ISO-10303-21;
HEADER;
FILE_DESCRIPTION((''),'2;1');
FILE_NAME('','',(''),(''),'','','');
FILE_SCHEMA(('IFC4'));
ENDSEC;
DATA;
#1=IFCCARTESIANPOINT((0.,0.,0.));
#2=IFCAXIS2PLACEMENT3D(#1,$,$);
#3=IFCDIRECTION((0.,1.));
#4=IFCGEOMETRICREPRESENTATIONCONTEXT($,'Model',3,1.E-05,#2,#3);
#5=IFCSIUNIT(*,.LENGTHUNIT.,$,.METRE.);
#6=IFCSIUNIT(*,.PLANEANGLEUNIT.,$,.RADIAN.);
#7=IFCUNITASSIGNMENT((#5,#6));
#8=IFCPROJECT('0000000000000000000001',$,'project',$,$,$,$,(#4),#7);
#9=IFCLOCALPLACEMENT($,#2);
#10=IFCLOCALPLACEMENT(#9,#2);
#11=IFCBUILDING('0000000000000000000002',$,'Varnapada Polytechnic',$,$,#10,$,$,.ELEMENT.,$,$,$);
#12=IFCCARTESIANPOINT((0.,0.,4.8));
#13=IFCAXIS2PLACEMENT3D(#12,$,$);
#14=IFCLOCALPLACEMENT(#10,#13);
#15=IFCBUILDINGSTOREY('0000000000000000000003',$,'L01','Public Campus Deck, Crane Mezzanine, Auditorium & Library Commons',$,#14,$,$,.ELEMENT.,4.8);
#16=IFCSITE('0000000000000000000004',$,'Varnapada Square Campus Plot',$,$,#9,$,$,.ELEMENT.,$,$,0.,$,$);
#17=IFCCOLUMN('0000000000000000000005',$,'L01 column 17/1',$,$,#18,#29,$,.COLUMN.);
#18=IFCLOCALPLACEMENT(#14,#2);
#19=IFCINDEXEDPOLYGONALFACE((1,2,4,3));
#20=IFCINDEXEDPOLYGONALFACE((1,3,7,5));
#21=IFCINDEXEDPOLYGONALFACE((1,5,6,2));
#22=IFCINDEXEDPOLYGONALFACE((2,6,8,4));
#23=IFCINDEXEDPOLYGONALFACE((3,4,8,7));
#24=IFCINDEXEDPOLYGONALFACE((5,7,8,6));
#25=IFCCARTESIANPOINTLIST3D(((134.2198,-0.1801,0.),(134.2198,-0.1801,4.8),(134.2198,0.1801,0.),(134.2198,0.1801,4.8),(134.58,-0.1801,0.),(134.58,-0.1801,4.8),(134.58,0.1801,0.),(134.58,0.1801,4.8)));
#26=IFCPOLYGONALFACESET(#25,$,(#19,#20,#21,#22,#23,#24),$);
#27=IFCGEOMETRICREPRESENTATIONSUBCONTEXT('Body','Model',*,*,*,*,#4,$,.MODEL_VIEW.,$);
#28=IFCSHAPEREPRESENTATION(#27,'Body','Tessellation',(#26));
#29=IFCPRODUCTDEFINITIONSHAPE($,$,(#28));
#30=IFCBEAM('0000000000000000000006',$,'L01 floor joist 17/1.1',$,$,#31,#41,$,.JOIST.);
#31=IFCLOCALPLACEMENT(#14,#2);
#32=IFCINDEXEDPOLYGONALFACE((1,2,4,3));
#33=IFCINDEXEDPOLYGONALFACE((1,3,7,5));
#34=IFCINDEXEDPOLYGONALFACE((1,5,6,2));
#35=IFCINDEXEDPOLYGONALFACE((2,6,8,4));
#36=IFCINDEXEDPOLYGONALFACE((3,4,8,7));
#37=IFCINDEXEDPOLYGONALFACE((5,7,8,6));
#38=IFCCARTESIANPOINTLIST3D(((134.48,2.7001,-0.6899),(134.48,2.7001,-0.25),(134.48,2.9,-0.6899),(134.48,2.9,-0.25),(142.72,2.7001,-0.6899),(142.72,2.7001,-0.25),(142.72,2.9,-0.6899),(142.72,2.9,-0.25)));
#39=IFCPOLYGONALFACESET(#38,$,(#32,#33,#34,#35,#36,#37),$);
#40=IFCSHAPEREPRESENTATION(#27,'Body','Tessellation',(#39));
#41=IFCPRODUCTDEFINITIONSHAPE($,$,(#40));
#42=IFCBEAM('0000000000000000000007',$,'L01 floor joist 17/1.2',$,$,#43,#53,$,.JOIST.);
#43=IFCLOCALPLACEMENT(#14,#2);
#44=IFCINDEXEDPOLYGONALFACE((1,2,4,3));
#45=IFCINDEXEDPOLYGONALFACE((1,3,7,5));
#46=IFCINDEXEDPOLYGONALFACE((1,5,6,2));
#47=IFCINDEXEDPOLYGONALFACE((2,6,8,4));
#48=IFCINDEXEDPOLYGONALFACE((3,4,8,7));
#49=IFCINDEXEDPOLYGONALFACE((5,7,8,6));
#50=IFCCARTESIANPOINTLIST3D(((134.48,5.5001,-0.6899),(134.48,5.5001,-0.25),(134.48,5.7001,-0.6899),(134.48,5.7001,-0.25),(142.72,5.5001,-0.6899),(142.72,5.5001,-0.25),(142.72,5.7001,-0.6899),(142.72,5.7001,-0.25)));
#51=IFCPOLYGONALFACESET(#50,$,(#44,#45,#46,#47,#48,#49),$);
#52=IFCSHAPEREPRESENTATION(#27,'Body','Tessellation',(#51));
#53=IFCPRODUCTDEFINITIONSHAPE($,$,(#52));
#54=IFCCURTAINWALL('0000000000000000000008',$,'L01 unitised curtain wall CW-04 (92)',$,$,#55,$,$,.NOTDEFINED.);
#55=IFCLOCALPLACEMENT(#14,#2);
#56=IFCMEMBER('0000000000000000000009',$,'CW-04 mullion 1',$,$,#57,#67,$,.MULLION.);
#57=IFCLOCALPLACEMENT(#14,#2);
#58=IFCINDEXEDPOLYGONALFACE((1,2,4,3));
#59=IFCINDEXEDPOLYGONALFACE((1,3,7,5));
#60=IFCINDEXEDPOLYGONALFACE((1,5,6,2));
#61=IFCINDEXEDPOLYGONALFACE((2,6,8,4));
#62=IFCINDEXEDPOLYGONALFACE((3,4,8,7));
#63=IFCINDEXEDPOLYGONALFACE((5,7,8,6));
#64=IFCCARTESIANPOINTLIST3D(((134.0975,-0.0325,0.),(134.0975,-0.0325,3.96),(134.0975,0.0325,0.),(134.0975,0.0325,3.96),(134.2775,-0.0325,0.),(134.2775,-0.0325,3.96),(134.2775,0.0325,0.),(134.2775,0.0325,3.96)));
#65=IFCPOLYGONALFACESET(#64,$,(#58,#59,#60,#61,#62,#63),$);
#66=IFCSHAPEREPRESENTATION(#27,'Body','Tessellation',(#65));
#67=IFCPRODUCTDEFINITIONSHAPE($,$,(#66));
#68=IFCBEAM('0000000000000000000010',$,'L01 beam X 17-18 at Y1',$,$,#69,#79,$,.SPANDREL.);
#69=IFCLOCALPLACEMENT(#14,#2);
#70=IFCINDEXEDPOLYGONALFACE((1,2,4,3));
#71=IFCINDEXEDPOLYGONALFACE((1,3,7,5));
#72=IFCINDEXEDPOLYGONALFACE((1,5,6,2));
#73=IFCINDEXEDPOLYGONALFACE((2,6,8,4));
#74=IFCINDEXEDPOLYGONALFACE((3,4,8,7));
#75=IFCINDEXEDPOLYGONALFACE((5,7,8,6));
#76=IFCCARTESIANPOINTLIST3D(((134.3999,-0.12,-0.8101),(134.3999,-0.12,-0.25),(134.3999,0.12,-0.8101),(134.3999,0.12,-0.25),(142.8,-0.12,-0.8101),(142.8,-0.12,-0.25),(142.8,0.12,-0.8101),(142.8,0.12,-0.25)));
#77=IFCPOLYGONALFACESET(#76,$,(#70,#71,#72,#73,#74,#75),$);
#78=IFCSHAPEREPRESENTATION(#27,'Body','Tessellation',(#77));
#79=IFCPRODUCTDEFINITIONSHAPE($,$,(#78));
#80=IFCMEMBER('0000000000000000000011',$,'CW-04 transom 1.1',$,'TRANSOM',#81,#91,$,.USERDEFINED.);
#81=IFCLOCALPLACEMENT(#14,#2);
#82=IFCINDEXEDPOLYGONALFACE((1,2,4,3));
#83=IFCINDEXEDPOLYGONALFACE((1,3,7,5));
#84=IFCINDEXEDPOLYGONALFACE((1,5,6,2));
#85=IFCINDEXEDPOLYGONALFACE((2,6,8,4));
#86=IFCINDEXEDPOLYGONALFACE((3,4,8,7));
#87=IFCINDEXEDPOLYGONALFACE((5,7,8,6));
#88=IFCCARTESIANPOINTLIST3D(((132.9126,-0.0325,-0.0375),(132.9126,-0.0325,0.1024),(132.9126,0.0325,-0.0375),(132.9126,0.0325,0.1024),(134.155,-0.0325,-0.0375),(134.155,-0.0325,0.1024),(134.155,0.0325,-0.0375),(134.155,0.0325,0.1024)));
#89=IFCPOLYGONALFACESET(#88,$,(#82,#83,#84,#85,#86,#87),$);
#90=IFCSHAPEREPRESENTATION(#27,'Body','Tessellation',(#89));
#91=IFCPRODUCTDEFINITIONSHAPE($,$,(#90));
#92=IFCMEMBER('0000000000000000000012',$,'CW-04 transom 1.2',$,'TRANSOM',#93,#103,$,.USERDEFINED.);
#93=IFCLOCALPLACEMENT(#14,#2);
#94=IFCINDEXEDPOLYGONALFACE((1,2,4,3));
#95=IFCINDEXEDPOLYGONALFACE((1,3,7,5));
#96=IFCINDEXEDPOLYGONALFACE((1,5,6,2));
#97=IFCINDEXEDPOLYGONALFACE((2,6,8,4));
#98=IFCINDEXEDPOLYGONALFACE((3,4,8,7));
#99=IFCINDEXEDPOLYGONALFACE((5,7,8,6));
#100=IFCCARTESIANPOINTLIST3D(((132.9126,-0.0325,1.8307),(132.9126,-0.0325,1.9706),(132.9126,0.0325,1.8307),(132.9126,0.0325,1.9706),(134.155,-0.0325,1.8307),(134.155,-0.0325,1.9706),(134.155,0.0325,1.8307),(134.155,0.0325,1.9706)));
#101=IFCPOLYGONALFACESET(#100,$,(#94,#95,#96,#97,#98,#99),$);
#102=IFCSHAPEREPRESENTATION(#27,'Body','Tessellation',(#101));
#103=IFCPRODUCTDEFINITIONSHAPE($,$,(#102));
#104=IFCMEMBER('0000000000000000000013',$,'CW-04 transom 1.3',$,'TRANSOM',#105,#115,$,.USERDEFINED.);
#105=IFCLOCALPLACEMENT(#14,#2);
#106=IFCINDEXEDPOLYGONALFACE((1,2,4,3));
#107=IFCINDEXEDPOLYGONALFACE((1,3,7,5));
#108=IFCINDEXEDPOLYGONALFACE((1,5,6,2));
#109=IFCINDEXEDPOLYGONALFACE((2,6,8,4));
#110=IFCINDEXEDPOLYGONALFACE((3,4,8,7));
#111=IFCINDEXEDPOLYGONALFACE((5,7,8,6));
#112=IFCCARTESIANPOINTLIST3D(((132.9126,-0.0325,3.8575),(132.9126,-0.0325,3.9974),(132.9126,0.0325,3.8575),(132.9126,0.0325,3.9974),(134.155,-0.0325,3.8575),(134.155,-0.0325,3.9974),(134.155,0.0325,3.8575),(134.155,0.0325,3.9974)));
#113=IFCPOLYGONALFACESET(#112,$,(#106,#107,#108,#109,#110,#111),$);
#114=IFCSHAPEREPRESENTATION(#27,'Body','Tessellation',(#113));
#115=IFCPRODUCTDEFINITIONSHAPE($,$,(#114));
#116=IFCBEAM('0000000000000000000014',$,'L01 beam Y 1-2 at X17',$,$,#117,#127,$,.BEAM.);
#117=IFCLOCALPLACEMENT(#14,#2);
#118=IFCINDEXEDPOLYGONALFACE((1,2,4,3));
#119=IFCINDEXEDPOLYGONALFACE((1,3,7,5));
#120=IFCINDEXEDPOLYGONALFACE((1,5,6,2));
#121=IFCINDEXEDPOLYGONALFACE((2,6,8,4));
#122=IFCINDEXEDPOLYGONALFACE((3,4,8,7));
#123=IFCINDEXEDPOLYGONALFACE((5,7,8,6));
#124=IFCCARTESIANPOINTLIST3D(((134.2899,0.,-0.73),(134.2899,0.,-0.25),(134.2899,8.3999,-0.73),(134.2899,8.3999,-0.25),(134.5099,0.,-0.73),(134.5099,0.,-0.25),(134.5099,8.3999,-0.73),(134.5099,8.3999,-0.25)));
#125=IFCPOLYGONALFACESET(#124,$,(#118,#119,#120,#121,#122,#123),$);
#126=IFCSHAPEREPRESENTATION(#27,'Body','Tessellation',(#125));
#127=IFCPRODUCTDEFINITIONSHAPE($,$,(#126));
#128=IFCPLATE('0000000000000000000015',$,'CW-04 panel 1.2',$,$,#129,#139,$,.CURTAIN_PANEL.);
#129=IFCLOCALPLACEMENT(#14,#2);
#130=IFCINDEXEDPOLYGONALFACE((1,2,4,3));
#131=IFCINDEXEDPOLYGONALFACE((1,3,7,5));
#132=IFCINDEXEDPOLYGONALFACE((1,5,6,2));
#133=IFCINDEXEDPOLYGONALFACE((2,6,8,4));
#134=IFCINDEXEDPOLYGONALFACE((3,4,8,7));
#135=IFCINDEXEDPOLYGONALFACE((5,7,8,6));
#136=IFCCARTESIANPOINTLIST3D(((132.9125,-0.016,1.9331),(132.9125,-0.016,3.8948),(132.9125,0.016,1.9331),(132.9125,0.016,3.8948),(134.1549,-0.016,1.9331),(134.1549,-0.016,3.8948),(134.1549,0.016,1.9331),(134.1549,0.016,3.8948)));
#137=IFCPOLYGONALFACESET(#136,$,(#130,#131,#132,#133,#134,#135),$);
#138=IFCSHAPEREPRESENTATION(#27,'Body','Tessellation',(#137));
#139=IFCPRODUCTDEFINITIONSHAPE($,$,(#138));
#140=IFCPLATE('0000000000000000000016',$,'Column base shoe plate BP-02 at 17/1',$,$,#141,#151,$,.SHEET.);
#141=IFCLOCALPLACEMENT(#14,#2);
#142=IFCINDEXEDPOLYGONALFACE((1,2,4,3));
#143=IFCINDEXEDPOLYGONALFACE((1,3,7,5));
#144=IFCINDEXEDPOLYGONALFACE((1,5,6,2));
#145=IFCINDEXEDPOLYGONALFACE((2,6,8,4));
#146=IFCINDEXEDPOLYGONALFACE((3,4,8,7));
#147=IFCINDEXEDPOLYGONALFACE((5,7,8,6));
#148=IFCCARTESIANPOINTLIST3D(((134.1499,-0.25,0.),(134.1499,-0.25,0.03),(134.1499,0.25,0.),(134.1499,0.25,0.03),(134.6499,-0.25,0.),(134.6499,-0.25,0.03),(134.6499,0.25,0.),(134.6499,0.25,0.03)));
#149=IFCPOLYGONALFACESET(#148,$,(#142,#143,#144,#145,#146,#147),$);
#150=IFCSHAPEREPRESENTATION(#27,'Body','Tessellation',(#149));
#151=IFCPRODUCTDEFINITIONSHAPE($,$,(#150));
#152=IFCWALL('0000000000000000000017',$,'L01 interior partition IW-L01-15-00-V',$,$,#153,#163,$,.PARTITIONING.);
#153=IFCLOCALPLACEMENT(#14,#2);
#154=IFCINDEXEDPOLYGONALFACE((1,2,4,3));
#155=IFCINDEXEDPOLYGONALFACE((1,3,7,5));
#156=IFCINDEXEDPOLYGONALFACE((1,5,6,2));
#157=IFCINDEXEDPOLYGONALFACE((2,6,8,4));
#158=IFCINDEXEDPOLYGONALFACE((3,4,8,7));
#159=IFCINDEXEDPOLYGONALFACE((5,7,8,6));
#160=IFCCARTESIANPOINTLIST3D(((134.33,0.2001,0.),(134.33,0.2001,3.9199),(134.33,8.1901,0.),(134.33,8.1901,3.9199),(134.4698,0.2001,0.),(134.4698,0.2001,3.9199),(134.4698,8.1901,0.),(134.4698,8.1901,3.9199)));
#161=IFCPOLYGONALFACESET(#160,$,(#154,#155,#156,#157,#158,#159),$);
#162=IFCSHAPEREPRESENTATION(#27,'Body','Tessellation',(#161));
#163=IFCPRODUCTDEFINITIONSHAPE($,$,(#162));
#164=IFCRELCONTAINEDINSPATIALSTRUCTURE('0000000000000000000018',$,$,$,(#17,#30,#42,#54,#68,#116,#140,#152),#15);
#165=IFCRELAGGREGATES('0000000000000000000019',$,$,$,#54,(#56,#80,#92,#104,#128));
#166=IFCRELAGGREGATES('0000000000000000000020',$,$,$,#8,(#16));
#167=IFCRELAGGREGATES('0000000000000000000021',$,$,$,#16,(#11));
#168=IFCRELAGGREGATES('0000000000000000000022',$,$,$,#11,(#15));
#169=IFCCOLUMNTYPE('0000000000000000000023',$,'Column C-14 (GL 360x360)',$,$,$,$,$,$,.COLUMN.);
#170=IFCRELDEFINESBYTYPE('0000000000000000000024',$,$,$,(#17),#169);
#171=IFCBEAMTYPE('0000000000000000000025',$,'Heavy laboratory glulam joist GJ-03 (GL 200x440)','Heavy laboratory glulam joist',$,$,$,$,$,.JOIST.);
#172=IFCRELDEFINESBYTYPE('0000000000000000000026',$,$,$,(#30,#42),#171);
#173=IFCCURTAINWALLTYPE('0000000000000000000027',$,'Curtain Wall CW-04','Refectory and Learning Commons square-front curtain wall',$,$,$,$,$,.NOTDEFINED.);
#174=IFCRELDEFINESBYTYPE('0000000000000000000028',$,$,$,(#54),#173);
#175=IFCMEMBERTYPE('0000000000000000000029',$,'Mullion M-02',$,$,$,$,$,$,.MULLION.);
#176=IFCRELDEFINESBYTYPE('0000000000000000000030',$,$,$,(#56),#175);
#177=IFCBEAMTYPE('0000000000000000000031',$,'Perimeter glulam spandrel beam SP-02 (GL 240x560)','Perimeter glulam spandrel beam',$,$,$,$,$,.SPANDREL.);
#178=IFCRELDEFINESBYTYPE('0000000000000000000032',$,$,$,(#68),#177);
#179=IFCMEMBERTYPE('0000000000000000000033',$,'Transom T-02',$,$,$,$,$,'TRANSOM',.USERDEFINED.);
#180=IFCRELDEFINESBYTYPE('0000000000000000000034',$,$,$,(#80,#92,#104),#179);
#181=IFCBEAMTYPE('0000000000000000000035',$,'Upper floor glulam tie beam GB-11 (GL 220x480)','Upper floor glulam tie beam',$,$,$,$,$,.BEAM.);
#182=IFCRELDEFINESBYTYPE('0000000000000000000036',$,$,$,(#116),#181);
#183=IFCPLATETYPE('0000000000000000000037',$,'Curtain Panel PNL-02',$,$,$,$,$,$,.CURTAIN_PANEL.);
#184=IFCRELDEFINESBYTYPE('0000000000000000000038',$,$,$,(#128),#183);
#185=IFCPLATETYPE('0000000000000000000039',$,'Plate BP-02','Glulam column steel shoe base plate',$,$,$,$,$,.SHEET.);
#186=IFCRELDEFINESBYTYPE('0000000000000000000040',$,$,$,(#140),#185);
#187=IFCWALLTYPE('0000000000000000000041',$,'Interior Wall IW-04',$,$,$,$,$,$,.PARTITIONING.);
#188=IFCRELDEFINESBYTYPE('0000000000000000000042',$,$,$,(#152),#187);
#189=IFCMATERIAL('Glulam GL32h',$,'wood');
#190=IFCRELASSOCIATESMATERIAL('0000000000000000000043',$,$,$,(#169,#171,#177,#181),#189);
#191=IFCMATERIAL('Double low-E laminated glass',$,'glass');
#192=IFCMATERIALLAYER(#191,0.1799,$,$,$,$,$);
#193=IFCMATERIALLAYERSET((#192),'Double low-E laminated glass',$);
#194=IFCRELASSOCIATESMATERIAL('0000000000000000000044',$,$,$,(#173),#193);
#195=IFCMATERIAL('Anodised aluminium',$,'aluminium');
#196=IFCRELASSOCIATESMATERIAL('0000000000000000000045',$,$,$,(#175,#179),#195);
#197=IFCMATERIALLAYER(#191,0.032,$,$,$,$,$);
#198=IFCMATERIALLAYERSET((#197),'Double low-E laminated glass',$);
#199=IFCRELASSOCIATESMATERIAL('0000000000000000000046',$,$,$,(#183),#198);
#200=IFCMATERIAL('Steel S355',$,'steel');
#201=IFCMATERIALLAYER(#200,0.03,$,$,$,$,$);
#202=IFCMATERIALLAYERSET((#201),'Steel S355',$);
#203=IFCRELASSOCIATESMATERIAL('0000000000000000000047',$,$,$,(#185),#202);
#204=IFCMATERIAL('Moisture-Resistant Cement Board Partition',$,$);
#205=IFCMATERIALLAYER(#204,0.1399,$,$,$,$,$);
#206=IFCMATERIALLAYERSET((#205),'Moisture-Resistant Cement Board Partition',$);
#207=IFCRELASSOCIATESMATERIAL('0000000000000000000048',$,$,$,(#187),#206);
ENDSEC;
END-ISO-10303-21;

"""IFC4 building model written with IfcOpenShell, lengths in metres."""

from ifc_helpers import new_model, si_unit, direction, frame, frame_2d, origin, origin_2d, place, context, subcontext, project, spatial, rectangle, extrude, material, layer, layer_set, material_profile, profile_set, type_object, element, aggregate, save


model = new_model("IFC4")

# Units and contexts
model_context = context("Model", 3, precision=1e-05, world=origin(), true_north=direction((0.0, 1.0)))
body_context = subcontext(model_context, "Body", "Model", "MODEL_VIEW")
ifc_project = project(units=[si_unit("LENGTHUNIT", "METRE"), si_unit("PLANEANGLEUNIT", "RADIAN")], contexts=[model_context])

# Site, building, storey
site_placement = place(None, origin())
site = spatial("IfcSite", under=ifc_project, at=site_placement, Name="Varnapada Square Campus Plot", CompositionType="ELEMENT", RefElevation=0.0)
building_placement = place(site_placement, origin())
building = spatial("IfcBuilding", under=site, at=building_placement, Name="Varnapada Polytechnic", CompositionType="ELEMENT")
storey_placement = place(building_placement, frame((0.0, 0.0, 4.8)))
storey = spatial("IfcBuildingStorey", under=building, at=storey_placement, Name="L01", Description="Public Campus Deck, Crane Mezzanine, Auditorium & Library Commons", CompositionType="ELEMENT", Elevation=4.8)

# Column
ifc_material_1 = material(Name="Glulam GL32h", Category="wood")
ifc_material_profile_1 = material_profile(ifc_material_1, rectangle(XDim=0.3601, YDim=0.3601, at=origin_2d()), Name="GL 360x360")
ifc_profile_set_1 = profile_set([ifc_material_profile_1], Name="Glulam GL32h")
column_type = type_object("IfcColumnType", Name="Column C-14 (GL 360x360)", PredefinedType="COLUMN", material=ifc_profile_set_1)
column_placement = place(storey_placement, frame((134.3999, 0.0, 0.0), z_axis=(0.0, 0.0, 1.0), x_axis=(1.0, 0.0, 0.0)))
element("IfcColumn", 1, at=column_placement, inside=storey, type_object=column_type, Name="L01 column 17/1", PredefinedType="COLUMN", context=body_context, shape_type="SweptSolid", body=[
    extrude(rectangle(XDim=0.3601, YDim=0.3601, at=origin_2d()), origin(), (0.0, 0.0, 1.0), 4.8),
])

# Beams
ifc_material_profile_2 = material_profile(ifc_material_1, rectangle(XDim=0.2, YDim=0.4399, at=origin_2d()), Name="GL 200x440")
ifc_profile_set_2 = profile_set([ifc_material_profile_2], Name="Glulam GL32h")
beam_type_1 = type_object("IfcBeamType", Name="Heavy laboratory glulam joist GJ-03 (GL 200x440)", Description="Heavy laboratory glulam joist", PredefinedType="JOIST", material=ifc_profile_set_2)
for number, where, z_axis, x_axis, name in (
    (2, (134.48, 2.8, -0.47), (1.0, 0.0, 0.0), (0.0, 1.0, 0.0), "L01 floor joist 17/1.1"),
    (3, (134.48, 5.6001, -0.47), (1.0, 0.0, 0.0), (0.0, 1.0, 0.0), "L01 floor joist 17/1.2"),
):
    element("IfcBeam", number, at=place(storey_placement, frame(where, z_axis=z_axis, x_axis=x_axis)), inside=storey, type_object=beam_type_1, Name=name, PredefinedType="JOIST", context=body_context, shape_type="SweptSolid", body=[
        extrude(rectangle(XDim=0.2, YDim=0.4399, at=origin_2d()), origin(), (0.0, 0.0, 1.0), 8.24),
    ])

# Curtain wall, member
ifc_material_2 = material(Name="Double low-E laminated glass", Category="glass")
ifc_layer_1 = layer(ifc_material_2, 0.1799)
ifc_layer_set_1 = layer_set([ifc_layer_1], Name="Double low-E laminated glass")
curtain_wall_type = type_object("IfcCurtainWallType", Name="Curtain Wall CW-04", Description="Refectory and Learning Commons square-front curtain wall", PredefinedType="NOTDEFINED", material=ifc_layer_set_1)
curtain_wall_placement = place(storey_placement, origin())
curtain_wall = element("IfcCurtainWall", 4, at=curtain_wall_placement, inside=storey, type_object=curtain_wall_type, Name="L01 unitised curtain wall CW-04 (92)", PredefinedType="NOTDEFINED")
ifc_material_3 = material(Name="Anodised aluminium", Category="aluminium")
ifc_material_profile_3 = material_profile(ifc_material_3, rectangle(XDim=0.0649, YDim=0.1799, at=origin_2d()), Name="ALU M65x180")
ifc_profile_set_3 = profile_set([ifc_material_profile_3], Name="Anodised aluminium")
member_type_1 = type_object("IfcMemberType", Name="Mullion M-02", PredefinedType="MULLION", material=ifc_profile_set_3)
member_1_placement = place(storey_placement, frame((134.1875, 0.0, 0.0), z_axis=(0.0, 0.0, 1.0), x_axis=(0.0, -1.0, 0.0)))
member_1 = element("IfcMember", 5, at=member_1_placement, type_object=member_type_1, Name="CW-04 mullion 1", PredefinedType="MULLION", context=body_context, shape_type="SweptSolid", body=[
    extrude(rectangle(XDim=0.0649, YDim=0.1799, at=origin_2d()), origin(), (0.0, 0.0, 1.0), 3.96),
])

# Beam
ifc_material_profile_4 = material_profile(ifc_material_1, rectangle(XDim=0.24, YDim=0.5601, at=origin_2d()), Name="GL 240x560")
ifc_profile_set_4 = profile_set([ifc_material_profile_4], Name="Glulam GL32h")
beam_type_2 = type_object("IfcBeamType", Name="Perimeter glulam spandrel beam SP-02 (GL 240x560)", Description="Perimeter glulam spandrel beam", PredefinedType="SPANDREL", material=ifc_profile_set_4)
beam_1_placement = place(storey_placement, frame((134.3999, 0.0, -0.53), z_axis=(1.0, 0.0, 0.0), x_axis=(0.0, 1.0, 0.0)))
element("IfcBeam", 6, at=beam_1_placement, inside=storey, type_object=beam_type_2, Name="L01 beam X 17-18 at Y1", PredefinedType="SPANDREL", context=body_context, shape_type="SweptSolid", body=[
    extrude(rectangle(XDim=0.24, YDim=0.5601, at=origin_2d()), origin(), (0.0, 0.0, 1.0), 8.4001),
])

# Members
ifc_material_profile_5 = material_profile(ifc_material_3, rectangle(XDim=0.0649, YDim=0.1399, at=origin_2d()), Name="ALU T65x140")
ifc_profile_set_5 = profile_set([ifc_material_profile_5], Name="Anodised aluminium")
member_type_2 = type_object("IfcMemberType", Name="Transom T-02", ElementType="TRANSOM", PredefinedType="USERDEFINED", material=ifc_profile_set_5)
member_2_placement = place(storey_placement, frame((134.155, 0.0, 0.0325), z_axis=(-1.0, 0.0, 0.0), x_axis=(0.0, -1.0, 0.0)))
member_2 = element("IfcMember", 7, at=member_2_placement, type_object=member_type_2, Name="CW-04 transom 1.1", ObjectType="TRANSOM", PredefinedType="USERDEFINED", context=body_context, shape_type="SweptSolid", body=[
    extrude(rectangle(XDim=0.0649, YDim=0.1399, at=origin_2d()), origin(), (0.0, 0.0, 1.0), 1.2424),
])
member_3_placement = place(storey_placement, frame((134.155, 0.0, 1.9006), z_axis=(-1.0, 0.0, 0.0), x_axis=(0.0, -1.0, 0.0)))
member_3 = element("IfcMember", 8, at=member_3_placement, type_object=member_type_2, Name="CW-04 transom 1.2", ObjectType="TRANSOM", PredefinedType="USERDEFINED", context=body_context, shape_type="SweptSolid", body=[
    extrude(rectangle(XDim=0.0649, YDim=0.1399, at=origin_2d()), origin(), (0.0, 0.0, 1.0), 1.2424),
])
member_4_placement = place(storey_placement, frame((134.155, 0.0, 3.9275), z_axis=(-1.0, 0.0, 0.0), x_axis=(0.0, -1.0, 0.0)))
member_4 = element("IfcMember", 9, at=member_4_placement, type_object=member_type_2, Name="CW-04 transom 1.3", ObjectType="TRANSOM", PredefinedType="USERDEFINED", context=body_context, shape_type="SweptSolid", body=[
    extrude(rectangle(XDim=0.0649, YDim=0.1399, at=origin_2d()), origin(), (0.0, 0.0, 1.0), 1.2424),
])

# Beam
ifc_material_profile_6 = material_profile(ifc_material_1, rectangle(XDim=0.22, YDim=0.48, at=origin_2d()), Name="GL 220x480")
ifc_profile_set_6 = profile_set([ifc_material_profile_6], Name="Glulam GL32h")
beam_type_3 = type_object("IfcBeamType", Name="Upper floor glulam tie beam GB-11 (GL 220x480)", Description="Upper floor glulam tie beam", PredefinedType="BEAM", material=ifc_profile_set_6)
beam_2_placement = place(storey_placement, frame((134.3999, 0.0, -0.49), z_axis=(0.0, 1.0, 0.0), x_axis=(-1.0, 0.0, 0.0)))
element("IfcBeam", 10, at=beam_2_placement, inside=storey, type_object=beam_type_3, Name="L01 beam Y 1-2 at X17", PredefinedType="BEAM", context=body_context, shape_type="SweptSolid", body=[
    extrude(rectangle(XDim=0.22, YDim=0.48, at=origin_2d()), origin(), (0.0, 0.0, 1.0), 8.3999),
])

# Plates
ifc_layer_2 = layer(ifc_material_2, 0.032)
ifc_layer_set_2 = layer_set([ifc_layer_2], Name="Double low-E laminated glass")
plate_type_1 = type_object("IfcPlateType", Name="Curtain Panel PNL-02", PredefinedType="CURTAIN_PANEL", material=ifc_layer_set_2)
plate_1_placement = place(storey_placement, frame((133.5337, 0.0, 1.9331), z_axis=(0.0, 0.0, 1.0), x_axis=(-1.0, 0.0, 0.0)))
plate_1 = element("IfcPlate", 11, at=plate_1_placement, type_object=plate_type_1, Name="CW-04 panel 1.2", PredefinedType="CURTAIN_PANEL", context=body_context, shape_type="SweptSolid", body=[
    extrude(rectangle(XDim=1.2424, YDim=0.032, at=origin_2d()), origin(), (0.0, 0.0, 1.0), 1.9617),
])
aggregate(curtain_wall, [member_1, member_2, member_3, member_4, plate_1])
ifc_material_4 = material(Name="Steel S355", Category="steel")
ifc_layer_3 = layer(ifc_material_4, 0.03)
ifc_layer_set_3 = layer_set([ifc_layer_3], Name="Steel S355")
plate_type_2 = type_object("IfcPlateType", Name="Plate BP-02", Description="Glulam column steel shoe base plate", PredefinedType="SHEET", material=ifc_layer_set_3)
plate_2_placement = place(storey_placement, frame((134.3999, 0.0, 0.0), z_axis=(0.0, 0.0, 1.0), x_axis=(1.0, 0.0, 0.0)))
element("IfcPlate", 12, at=plate_2_placement, inside=storey, type_object=plate_type_2, Name="Column base shoe plate BP-02 at 17/1", PredefinedType="SHEET", context=body_context, shape_type="SweptSolid", body=[
    extrude(rectangle(XDim=0.5, YDim=0.5, at=origin_2d()), origin(), (0.0, 0.0, 1.0), 0.03),
])

# Wall
ifc_material_5 = material(Name="Moisture-Resistant Cement Board Partition")
ifc_layer_4 = layer(ifc_material_5, 0.1399)
ifc_layer_set_4 = layer_set([ifc_layer_4], Name="Moisture-Resistant Cement Board Partition")
wall_type = type_object("IfcWallType", Name="Interior Wall IW-04", PredefinedType="PARTITIONING", material=ifc_layer_set_4)
wall_placement = place(storey_placement, frame((134.3999, 0.2, 0.0), z_axis=(0.0, 0.0, 1.0), x_axis=(0.0, 1.0, 0.0)))
element("IfcWall", 13, at=wall_placement, inside=storey, type_object=wall_type, Name="L01 interior partition IW-L01-15-00-V", PredefinedType="PARTITIONING", context=body_context, shape_type="SweptSolid", body=[
    extrude(rectangle(XDim=7.99, YDim=0.1399, at=frame_2d((3.9951, 0.0))), origin(), (0.0, 0.0, 1.0), 3.9199),
])

save(model, "model.ifc")
